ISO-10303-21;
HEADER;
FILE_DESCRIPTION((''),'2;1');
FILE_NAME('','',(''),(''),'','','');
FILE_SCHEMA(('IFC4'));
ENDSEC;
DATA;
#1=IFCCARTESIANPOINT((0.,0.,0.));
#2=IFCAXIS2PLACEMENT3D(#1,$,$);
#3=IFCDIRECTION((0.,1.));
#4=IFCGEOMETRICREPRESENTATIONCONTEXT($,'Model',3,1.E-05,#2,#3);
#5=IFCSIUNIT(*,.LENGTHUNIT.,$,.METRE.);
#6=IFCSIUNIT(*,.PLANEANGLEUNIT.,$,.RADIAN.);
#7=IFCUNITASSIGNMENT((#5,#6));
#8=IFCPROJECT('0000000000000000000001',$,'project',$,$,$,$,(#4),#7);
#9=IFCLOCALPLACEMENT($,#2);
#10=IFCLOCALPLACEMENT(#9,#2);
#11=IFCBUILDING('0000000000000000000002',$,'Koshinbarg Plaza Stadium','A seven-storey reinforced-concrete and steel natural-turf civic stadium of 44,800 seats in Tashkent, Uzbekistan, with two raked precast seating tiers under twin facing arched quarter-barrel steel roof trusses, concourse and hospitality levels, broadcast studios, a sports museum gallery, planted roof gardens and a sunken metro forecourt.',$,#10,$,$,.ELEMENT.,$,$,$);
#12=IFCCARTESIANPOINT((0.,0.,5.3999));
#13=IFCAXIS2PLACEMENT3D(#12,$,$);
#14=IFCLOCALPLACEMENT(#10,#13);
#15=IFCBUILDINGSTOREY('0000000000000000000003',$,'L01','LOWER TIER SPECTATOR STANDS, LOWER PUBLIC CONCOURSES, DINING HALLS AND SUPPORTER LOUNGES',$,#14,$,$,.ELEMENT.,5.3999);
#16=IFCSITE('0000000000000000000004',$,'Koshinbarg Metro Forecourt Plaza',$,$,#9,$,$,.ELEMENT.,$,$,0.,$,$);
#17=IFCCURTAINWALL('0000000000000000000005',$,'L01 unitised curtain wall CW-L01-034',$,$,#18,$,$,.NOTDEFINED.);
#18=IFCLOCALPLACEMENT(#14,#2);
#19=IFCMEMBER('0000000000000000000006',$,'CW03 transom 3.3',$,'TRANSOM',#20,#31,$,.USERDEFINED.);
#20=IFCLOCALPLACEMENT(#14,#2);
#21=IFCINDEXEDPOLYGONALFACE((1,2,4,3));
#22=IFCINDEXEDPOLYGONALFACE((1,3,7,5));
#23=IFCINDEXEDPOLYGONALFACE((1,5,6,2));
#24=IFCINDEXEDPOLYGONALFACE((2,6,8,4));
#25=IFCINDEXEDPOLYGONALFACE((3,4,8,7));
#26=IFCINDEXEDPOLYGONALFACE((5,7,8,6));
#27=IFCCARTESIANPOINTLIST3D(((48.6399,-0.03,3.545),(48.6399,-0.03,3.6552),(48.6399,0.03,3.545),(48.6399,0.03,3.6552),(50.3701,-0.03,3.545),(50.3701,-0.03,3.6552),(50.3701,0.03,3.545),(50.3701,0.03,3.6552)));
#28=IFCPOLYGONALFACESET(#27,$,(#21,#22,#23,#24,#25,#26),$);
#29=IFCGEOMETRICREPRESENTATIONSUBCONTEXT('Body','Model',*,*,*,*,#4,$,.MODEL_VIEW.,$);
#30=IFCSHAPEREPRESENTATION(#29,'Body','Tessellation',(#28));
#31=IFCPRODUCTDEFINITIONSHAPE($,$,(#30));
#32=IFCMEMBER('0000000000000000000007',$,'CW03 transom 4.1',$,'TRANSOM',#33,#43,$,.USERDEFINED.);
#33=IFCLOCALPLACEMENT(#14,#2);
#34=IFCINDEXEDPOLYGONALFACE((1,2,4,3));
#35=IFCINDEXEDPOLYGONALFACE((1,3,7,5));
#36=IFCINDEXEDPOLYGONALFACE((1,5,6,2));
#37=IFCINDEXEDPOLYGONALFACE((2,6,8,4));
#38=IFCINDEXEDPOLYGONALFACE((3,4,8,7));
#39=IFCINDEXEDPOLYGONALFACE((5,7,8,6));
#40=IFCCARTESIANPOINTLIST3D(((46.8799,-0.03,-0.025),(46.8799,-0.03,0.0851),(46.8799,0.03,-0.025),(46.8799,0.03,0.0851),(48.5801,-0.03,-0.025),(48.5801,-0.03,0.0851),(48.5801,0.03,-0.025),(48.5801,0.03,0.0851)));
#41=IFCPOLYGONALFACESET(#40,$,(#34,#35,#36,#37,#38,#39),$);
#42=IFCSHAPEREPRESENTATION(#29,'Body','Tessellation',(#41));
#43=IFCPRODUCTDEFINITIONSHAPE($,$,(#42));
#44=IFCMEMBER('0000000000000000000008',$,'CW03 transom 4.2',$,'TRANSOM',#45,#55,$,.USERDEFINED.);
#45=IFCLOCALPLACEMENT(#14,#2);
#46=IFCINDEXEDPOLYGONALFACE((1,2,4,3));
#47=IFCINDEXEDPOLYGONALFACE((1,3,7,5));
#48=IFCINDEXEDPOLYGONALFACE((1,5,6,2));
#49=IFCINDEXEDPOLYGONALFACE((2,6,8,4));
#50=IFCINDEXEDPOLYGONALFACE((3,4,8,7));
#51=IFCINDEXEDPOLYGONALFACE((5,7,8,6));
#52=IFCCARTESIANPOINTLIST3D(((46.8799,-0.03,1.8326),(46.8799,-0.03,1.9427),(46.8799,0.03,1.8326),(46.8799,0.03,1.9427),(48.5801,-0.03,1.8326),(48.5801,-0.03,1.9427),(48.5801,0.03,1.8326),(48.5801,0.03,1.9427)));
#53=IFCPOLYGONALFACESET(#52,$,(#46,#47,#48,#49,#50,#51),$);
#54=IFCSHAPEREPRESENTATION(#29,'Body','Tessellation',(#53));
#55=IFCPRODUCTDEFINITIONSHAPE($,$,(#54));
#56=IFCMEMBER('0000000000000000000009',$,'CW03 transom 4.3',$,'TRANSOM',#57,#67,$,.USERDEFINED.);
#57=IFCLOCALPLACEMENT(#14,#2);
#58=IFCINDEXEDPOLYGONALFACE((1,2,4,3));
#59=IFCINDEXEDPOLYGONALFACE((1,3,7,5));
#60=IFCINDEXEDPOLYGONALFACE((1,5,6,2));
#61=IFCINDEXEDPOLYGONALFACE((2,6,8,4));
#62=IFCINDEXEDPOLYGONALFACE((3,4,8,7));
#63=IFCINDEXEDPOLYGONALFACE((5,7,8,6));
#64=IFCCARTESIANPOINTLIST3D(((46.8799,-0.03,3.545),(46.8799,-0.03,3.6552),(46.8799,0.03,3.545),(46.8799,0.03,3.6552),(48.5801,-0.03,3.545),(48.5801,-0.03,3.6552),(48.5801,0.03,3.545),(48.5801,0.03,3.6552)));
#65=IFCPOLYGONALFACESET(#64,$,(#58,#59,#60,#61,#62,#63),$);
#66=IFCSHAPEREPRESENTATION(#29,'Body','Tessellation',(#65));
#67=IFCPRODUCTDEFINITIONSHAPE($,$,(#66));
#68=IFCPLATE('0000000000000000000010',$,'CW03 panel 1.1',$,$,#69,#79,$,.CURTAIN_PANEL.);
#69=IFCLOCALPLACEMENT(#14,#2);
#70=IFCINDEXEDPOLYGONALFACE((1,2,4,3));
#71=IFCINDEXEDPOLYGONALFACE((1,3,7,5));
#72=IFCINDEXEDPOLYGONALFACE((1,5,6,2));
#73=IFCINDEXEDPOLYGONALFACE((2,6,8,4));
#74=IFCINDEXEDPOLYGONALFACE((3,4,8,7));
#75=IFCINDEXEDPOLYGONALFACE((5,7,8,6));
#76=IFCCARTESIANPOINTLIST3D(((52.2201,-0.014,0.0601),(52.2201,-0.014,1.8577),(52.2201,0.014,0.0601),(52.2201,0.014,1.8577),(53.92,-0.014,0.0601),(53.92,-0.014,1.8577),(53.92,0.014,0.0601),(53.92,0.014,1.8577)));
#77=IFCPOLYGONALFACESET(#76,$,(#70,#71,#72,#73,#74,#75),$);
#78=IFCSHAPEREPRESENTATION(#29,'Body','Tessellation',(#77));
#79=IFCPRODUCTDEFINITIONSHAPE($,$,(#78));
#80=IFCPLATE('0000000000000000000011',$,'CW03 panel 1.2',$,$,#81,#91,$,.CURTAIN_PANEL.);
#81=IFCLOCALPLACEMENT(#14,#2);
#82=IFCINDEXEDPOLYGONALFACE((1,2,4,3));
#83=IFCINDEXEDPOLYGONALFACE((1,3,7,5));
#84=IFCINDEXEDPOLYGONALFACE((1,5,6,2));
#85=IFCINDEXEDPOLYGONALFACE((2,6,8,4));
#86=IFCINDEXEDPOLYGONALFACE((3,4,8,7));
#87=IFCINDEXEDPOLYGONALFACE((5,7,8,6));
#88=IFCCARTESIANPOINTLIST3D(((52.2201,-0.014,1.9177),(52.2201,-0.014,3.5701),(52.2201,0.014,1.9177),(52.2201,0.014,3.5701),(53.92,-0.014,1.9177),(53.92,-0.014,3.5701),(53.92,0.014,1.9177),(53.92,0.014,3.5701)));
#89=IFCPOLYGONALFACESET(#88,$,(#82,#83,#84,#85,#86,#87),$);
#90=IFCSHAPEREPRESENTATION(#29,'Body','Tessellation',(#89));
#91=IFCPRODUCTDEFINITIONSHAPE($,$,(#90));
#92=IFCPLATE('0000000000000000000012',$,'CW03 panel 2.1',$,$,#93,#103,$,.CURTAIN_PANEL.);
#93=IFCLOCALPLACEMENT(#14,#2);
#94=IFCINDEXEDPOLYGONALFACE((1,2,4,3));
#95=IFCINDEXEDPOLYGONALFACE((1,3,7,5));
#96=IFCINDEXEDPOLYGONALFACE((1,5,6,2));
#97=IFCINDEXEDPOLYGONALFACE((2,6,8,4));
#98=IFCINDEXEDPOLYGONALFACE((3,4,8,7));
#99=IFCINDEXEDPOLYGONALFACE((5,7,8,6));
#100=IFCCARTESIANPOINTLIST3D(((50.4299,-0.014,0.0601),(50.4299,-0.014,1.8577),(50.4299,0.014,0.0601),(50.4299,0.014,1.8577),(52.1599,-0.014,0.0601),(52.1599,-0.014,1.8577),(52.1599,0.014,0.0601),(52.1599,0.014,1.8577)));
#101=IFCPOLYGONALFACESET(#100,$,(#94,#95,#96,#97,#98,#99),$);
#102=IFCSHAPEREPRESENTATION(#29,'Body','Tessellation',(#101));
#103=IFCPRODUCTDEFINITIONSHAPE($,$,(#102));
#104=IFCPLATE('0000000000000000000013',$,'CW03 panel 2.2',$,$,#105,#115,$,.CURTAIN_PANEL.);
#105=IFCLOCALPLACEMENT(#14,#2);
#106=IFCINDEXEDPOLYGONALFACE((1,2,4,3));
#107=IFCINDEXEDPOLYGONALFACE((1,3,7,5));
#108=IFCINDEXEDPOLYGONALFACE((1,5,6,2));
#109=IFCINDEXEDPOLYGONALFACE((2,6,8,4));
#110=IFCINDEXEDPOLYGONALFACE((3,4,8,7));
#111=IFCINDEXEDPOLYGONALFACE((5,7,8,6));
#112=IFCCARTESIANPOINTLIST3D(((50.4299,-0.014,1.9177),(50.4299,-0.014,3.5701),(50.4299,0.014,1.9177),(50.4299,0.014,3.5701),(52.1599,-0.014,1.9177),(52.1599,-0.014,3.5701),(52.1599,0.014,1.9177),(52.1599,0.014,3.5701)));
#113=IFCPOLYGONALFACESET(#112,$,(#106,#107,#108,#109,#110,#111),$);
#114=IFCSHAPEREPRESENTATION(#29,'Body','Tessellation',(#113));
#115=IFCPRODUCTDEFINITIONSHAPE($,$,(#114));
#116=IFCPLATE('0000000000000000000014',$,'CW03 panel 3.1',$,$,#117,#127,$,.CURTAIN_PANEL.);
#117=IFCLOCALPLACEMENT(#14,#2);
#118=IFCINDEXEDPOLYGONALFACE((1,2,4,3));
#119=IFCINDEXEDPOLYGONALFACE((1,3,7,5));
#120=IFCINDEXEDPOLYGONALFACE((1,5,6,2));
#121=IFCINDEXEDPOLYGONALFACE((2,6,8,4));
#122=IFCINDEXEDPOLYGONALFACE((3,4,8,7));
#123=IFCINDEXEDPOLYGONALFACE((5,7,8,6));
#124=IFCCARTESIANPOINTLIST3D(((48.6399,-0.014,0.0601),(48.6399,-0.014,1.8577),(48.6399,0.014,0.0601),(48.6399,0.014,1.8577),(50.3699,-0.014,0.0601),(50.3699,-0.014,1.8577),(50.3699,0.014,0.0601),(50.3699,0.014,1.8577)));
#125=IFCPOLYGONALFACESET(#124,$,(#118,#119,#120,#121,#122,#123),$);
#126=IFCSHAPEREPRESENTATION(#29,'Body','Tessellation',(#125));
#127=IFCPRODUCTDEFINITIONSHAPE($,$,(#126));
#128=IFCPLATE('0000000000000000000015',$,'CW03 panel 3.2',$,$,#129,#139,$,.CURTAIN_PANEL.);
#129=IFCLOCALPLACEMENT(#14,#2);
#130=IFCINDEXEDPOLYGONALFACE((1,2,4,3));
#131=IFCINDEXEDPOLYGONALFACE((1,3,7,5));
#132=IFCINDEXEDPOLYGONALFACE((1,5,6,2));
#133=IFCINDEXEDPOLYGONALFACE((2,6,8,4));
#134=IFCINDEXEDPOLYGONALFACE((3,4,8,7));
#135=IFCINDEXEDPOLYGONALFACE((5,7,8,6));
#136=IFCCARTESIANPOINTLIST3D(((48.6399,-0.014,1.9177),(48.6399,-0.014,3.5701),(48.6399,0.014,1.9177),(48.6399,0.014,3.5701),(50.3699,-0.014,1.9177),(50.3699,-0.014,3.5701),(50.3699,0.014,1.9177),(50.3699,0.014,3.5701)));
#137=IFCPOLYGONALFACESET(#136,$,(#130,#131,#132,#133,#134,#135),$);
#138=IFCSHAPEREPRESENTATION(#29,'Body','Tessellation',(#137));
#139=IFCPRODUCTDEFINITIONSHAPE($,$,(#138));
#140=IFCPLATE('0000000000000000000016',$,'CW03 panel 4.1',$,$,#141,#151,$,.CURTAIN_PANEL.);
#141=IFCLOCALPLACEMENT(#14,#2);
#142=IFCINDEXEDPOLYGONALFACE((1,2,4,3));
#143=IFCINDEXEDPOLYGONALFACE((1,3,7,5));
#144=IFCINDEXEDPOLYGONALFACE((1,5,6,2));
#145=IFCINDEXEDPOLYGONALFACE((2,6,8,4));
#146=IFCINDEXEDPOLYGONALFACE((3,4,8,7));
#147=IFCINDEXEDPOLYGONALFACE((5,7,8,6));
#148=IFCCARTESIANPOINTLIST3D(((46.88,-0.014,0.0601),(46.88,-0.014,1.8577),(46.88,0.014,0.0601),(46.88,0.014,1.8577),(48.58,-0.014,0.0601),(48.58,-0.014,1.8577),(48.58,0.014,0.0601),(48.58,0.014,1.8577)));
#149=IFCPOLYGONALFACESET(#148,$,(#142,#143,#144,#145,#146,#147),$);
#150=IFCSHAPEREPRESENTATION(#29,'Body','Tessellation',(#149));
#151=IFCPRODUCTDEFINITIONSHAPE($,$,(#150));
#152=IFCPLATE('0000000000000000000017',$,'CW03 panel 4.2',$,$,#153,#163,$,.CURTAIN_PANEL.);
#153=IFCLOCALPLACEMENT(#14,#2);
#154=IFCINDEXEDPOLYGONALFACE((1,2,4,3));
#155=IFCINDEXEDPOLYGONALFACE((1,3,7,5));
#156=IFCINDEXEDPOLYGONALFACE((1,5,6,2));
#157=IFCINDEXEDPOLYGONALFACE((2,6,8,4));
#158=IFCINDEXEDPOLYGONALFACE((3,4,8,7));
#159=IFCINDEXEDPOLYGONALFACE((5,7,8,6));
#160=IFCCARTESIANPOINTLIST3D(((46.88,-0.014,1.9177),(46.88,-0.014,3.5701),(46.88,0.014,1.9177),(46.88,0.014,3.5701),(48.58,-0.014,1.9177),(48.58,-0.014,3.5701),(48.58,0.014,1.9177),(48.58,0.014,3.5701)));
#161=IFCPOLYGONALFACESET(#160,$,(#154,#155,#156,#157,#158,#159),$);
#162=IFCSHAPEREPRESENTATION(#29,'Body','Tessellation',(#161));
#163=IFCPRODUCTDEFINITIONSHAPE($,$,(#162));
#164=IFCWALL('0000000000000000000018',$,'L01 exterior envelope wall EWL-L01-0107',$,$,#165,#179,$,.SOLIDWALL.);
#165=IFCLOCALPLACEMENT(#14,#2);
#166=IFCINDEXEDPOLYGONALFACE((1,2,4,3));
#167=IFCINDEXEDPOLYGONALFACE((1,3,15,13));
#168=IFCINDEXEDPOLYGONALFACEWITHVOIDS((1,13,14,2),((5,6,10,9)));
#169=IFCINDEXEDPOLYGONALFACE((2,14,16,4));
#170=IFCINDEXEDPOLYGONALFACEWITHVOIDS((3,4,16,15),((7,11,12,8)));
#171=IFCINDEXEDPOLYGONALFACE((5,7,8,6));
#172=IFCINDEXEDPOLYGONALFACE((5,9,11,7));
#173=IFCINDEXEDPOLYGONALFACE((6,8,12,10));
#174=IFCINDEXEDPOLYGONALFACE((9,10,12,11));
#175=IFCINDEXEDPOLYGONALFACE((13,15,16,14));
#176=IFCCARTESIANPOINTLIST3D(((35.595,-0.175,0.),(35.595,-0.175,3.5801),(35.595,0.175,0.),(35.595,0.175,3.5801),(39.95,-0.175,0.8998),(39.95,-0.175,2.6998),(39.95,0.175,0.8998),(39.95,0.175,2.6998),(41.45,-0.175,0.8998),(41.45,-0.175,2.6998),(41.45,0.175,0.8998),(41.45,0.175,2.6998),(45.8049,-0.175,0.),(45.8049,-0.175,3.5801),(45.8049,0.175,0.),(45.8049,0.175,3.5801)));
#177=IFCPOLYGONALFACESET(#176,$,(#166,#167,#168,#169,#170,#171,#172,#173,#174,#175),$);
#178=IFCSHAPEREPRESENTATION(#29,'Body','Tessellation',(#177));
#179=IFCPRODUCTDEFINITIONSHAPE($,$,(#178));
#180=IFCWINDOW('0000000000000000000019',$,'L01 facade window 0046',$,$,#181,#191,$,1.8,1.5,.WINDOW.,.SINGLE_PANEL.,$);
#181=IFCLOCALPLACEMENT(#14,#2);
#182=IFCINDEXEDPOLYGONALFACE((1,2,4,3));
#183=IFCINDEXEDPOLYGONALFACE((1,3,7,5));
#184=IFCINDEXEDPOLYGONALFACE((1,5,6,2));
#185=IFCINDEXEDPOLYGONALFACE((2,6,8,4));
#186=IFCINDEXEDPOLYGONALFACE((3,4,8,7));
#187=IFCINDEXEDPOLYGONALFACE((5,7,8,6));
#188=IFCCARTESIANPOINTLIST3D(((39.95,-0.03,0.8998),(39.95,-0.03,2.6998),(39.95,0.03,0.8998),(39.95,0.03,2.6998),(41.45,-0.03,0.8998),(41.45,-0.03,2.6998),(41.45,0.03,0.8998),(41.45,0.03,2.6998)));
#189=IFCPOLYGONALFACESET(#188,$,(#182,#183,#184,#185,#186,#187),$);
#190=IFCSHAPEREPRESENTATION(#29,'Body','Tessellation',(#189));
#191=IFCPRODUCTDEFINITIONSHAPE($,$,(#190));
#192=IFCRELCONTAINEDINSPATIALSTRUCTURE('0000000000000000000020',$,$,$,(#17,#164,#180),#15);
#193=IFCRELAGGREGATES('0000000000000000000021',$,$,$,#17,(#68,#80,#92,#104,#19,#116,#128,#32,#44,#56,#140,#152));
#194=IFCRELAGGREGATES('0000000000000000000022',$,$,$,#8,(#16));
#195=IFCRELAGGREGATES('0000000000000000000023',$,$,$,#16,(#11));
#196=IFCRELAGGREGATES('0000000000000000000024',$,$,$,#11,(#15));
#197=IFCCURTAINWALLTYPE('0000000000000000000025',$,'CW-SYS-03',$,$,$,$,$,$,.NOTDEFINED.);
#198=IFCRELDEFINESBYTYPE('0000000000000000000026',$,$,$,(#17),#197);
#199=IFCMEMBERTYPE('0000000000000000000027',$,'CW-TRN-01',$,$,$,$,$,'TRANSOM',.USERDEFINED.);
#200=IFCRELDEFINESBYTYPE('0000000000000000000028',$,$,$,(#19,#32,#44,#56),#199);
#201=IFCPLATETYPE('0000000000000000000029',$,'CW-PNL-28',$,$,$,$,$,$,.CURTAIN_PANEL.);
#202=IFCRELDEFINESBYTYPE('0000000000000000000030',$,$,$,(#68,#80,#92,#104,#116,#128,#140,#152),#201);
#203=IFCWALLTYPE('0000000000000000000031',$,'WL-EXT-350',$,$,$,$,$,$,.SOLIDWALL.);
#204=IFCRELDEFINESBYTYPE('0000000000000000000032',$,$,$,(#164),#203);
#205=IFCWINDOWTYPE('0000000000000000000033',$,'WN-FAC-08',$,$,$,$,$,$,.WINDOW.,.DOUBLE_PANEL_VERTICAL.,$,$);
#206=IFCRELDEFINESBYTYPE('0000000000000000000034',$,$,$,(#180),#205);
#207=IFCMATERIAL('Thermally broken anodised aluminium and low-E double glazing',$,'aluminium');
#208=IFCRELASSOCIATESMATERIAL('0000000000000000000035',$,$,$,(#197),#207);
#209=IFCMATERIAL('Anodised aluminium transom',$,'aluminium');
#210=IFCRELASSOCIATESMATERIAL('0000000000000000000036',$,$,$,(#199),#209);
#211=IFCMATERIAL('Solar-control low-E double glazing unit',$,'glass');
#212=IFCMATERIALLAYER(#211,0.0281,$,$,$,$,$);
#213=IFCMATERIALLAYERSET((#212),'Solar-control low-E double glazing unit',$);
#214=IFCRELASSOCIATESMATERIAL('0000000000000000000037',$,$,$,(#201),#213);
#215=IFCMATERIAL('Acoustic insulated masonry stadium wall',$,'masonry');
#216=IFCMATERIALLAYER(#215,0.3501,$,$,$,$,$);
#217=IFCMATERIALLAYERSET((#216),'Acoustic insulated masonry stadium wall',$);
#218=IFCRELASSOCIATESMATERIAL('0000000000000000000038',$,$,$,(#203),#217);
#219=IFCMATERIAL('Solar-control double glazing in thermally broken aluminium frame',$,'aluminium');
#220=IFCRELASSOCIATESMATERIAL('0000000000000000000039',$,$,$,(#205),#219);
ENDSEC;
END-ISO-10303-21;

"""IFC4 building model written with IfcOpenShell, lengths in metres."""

from ifc_helpers import new_model, si_unit, direction, frame, frame_2d, origin, origin_2d, place, context, subcontext, project, spatial, rectangle, extrude, material, layer, layer_set, material_profile, profile_set, type_object, element, fill, aggregate, save


model = new_model("IFC4")

# Units and contexts
model_context = context("Model", 3, precision=1e-05, world=origin(), true_north=direction((0.0, 1.0)))
body_context = subcontext(model_context, "Body", "Model", "MODEL_VIEW")
ifc_project = project(units=[si_unit("LENGTHUNIT", "METRE"), si_unit("PLANEANGLEUNIT", "RADIAN")], contexts=[model_context])

# Site, building, storey
site_placement = place(None, origin())
site = spatial("IfcSite", under=ifc_project, at=site_placement, Name="Koshinbarg Metro Forecourt Plaza", CompositionType="ELEMENT", RefElevation=0.0)
building_placement = place(site_placement, origin())
building = spatial("IfcBuilding", under=site, at=building_placement, Name="Koshinbarg Plaza Stadium", Description="A seven-storey reinforced-concrete and steel natural-turf civic stadium of 44,800 seats in Tashkent, Uzbekistan, with two raked precast seating tiers under twin facing arched quarter-barrel steel roof trusses, concourse and hospitality levels, broadcast studios, a sports museum gallery, planted roof gardens and a sunken metro forecourt.", CompositionType="ELEMENT")
storey_placement = place(building_placement, frame((0.0, 0.0, 5.3999)))
storey = spatial("IfcBuildingStorey", under=building, at=storey_placement, Name="L01", Description="LOWER TIER SPECTATOR STANDS, LOWER PUBLIC CONCOURSES, DINING HALLS AND SUPPORTER LOUNGES", CompositionType="ELEMENT", Elevation=5.3999)

# Curtain wall, members, plates
ifc_material_1 = material(Name="Thermally broken anodised aluminium and low-E double glazing", Category="aluminium")
curtain_wall_type = type_object("IfcCurtainWallType", Name="CW-SYS-03", PredefinedType="NOTDEFINED", material=ifc_material_1)
curtain_wall_placement = place(storey_placement, origin())
curtain_wall = element("IfcCurtainWall", 1, at=curtain_wall_placement, inside=storey, type_object=curtain_wall_type, Name="L01 unitised curtain wall CW-L01-034", PredefinedType="NOTDEFINED")
ifc_material_2 = material(Name="Anodised aluminium transom", Category="aluminium")
ifc_material_profile_1 = material_profile(ifc_material_2, rectangle(XDim=0.0601, YDim=0.1101, at=origin_2d()), Name="ALU 60x110")
ifc_profile_set_1 = profile_set([ifc_material_profile_1], Name="Anodised aluminium transom")
member_type_1 = type_object("IfcMemberType", Name="CW-TRN-01", ElementType="TRANSOM", PredefinedType="USERDEFINED", material=ifc_profile_set_1)
member_1_placement = place(storey_placement, frame((50.3701, 0.0, 3.6001), z_axis=(-1.0, 0.0, 0.0), x_axis=(0.0, -1.0, 0.0)))
member_1 = element("IfcMember", 2, at=member_1_placement, type_object=member_type_1, Name="CW03 transom 3.3", ObjectType="TRANSOM", PredefinedType="USERDEFINED", context=body_context, shape_type="SweptSolid", body=[
    extrude(rectangle(XDim=0.0601, YDim=0.1101, at=origin_2d()), origin(), (0.0, 0.0, 1.0), 1.7302),
])
member_2_placement = place(storey_placement, frame((48.5801, 0.0, 0.03), z_axis=(-1.0, 0.0, 0.0), x_axis=(0.0, -1.0, 0.0)))
member_2 = element("IfcMember", 3, at=member_2_placement, type_object=member_type_1, Name="CW03 transom 4.1", ObjectType="TRANSOM", PredefinedType="USERDEFINED", context=body_context, shape_type="SweptSolid", body=[
    extrude(rectangle(XDim=0.0601, YDim=0.1101, at=origin_2d()), origin(), (0.0, 0.0, 1.0), 1.7002),
])
member_3_placement = place(storey_placement, frame((48.5801, 0.0, 1.8877), z_axis=(-1.0, 0.0, 0.0), x_axis=(0.0, -1.0, 0.0)))
member_3 = element("IfcMember", 4, at=member_3_placement, type_object=member_type_1, Name="CW03 transom 4.2", ObjectType="TRANSOM", PredefinedType="USERDEFINED", context=body_context, shape_type="SweptSolid", body=[
    extrude(rectangle(XDim=0.0601, YDim=0.1101, at=origin_2d()), origin(), (0.0, 0.0, 1.0), 1.7002),
])
member_4_placement = place(storey_placement, frame((48.5801, 0.0, 3.6001), z_axis=(-1.0, 0.0, 0.0), x_axis=(0.0, -1.0, 0.0)))
member_4 = element("IfcMember", 5, at=member_4_placement, type_object=member_type_1, Name="CW03 transom 4.3", ObjectType="TRANSOM", PredefinedType="USERDEFINED", context=body_context, shape_type="SweptSolid", body=[
    extrude(rectangle(XDim=0.0601, YDim=0.1101, at=origin_2d()), origin(), (0.0, 0.0, 1.0), 1.7002),
])
ifc_material_3 = material(Name="Solar-control low-E double glazing unit", Category="glass")
ifc_layer_1 = layer(ifc_material_3, 0.0281)
ifc_layer_set_1 = layer_set([ifc_layer_1], Name="Solar-control low-E double glazing unit")
plate_type = type_object("IfcPlateType", Name="CW-PNL-28", PredefinedType="CURTAIN_PANEL", material=ifc_layer_set_1)
plate_1_placement = place(storey_placement, frame((53.0701, 0.0, 0.0601), z_axis=(0.0, 0.0, 1.0), x_axis=(-1.0, 0.0, 0.0)))
plate_1 = element("IfcPlate", 6, at=plate_1_placement, type_object=plate_type, Name="CW03 panel 1.1", PredefinedType="CURTAIN_PANEL", context=body_context, shape_type="SweptSolid", body=[
    extrude(rectangle(XDim=1.7, YDim=0.0281, at=origin_2d()), origin(), (0.0, 0.0, 1.0), 1.7976),
])
plate_2_placement = place(storey_placement, frame((53.0701, 0.0, 1.9177), z_axis=(0.0, 0.0, 1.0), x_axis=(-1.0, 0.0, 0.0)))
plate_2 = element("IfcPlate", 7, at=plate_2_placement, type_object=plate_type, Name="CW03 panel 1.2", PredefinedType="CURTAIN_PANEL", context=body_context, shape_type="SweptSolid", body=[
    extrude(rectangle(XDim=1.7, YDim=0.0281, at=origin_2d()), origin(), (0.0, 0.0, 1.0), 1.6523),
])
plate_3_placement = place(storey_placement, frame((51.2949, 0.0, 0.0601), z_axis=(0.0, 0.0, 1.0), x_axis=(-1.0, 0.0, 0.0)))
plate_3 = element("IfcPlate", 8, at=plate_3_placement, type_object=plate_type, Name="CW03 panel 2.1", PredefinedType="CURTAIN_PANEL", context=body_context, shape_type="SweptSolid", body=[
    extrude(rectangle(XDim=1.73, YDim=0.0281, at=origin_2d()), origin(), (0.0, 0.0, 1.0), 1.7976),
])
plate_4_placement = place(storey_placement, frame((51.2949, 0.0, 1.9177), z_axis=(0.0, 0.0, 1.0), x_axis=(-1.0, 0.0, 0.0)))
plate_4 = element("IfcPlate", 9, at=plate_4_placement, type_object=plate_type, Name="CW03 panel 2.2", PredefinedType="CURTAIN_PANEL", context=body_context, shape_type="SweptSolid", body=[
    extrude(rectangle(XDim=1.73, YDim=0.0281, at=origin_2d()), origin(), (0.0, 0.0, 1.0), 1.6523),
])
plate_5_placement = place(storey_placement, frame((49.5049, 0.0, 0.0601), z_axis=(0.0, 0.0, 1.0), x_axis=(-1.0, 0.0, 0.0)))
plate_5 = element("IfcPlate", 10, at=plate_5_placement, type_object=plate_type, Name="CW03 panel 3.1", PredefinedType="CURTAIN_PANEL", context=body_context, shape_type="SweptSolid", body=[
    extrude(rectangle(XDim=1.73, YDim=0.0281, at=origin_2d()), origin(), (0.0, 0.0, 1.0), 1.7976),
])
plate_6_placement = place(storey_placement, frame((49.5049, 0.0, 1.9177), z_axis=(0.0, 0.0, 1.0), x_axis=(-1.0, 0.0, 0.0)))
plate_6 = element("IfcPlate", 11, at=plate_6_placement, type_object=plate_type, Name="CW03 panel 3.2", PredefinedType="CURTAIN_PANEL", context=body_context, shape_type="SweptSolid", body=[
    extrude(rectangle(XDim=1.73, YDim=0.0281, at=origin_2d()), origin(), (0.0, 0.0, 1.0), 1.6523),
])
plate_7_placement = place(storey_placement, frame((47.73, 0.0, 0.0601), z_axis=(0.0, 0.0, 1.0), x_axis=(-1.0, 0.0, 0.0)))
plate_7 = element("IfcPlate", 12, at=plate_7_placement, type_object=plate_type, Name="CW03 panel 4.1", PredefinedType="CURTAIN_PANEL", context=body_context, shape_type="SweptSolid", body=[
    extrude(rectangle(XDim=1.7, YDim=0.0281, at=origin_2d()), origin(), (0.0, 0.0, 1.0), 1.7976),
])
plate_8_placement = place(storey_placement, frame((47.73, 0.0, 1.9177), z_axis=(0.0, 0.0, 1.0), x_axis=(-1.0, 0.0, 0.0)))
plate_8 = element("IfcPlate", 13, at=plate_8_placement, type_object=plate_type, Name="CW03 panel 4.2", PredefinedType="CURTAIN_PANEL", context=body_context, shape_type="SweptSolid", body=[
    extrude(rectangle(XDim=1.7, YDim=0.0281, at=origin_2d()), origin(), (0.0, 0.0, 1.0), 1.6523),
])
aggregate(curtain_wall, [plate_1, plate_2, plate_3, plate_4, member_1, plate_5, plate_6, member_2, member_3, member_4, plate_7, plate_8])

# Wall, opening, window
ifc_material_4 = material(Name="Acoustic insulated masonry stadium wall", Category="masonry")
ifc_layer_2 = layer(ifc_material_4, 0.3501)
ifc_layer_set_2 = layer_set([ifc_layer_2], Name="Acoustic insulated masonry stadium wall")
wall_type = type_object("IfcWallType", Name="WL-EXT-350", PredefinedType="SOLIDWALL", material=ifc_layer_set_2)
wall_placement = place(storey_placement, frame((45.8049, 0.0, 0.0), z_axis=(0.0, 0.0, 1.0), x_axis=(-1.0, 0.0, 0.0)))
wall = element("IfcWall", 14, at=wall_placement, inside=storey, type_object=wall_type, Name="L01 exterior envelope wall EWL-L01-0107", PredefinedType="SOLIDWALL", context=body_context, shape_type="SweptSolid", body=[
    extrude(rectangle(XDim=10.21, YDim=0.3501, at=frame_2d((5.105, 0.0))), origin(), (0.0, 0.0, 1.0), 3.5801),
])
opening_placement = place(wall_placement, frame((4.355, 0.0, 0.8999)))
opening = element("IfcOpeningElement", 15, at=opening_placement, cuts=wall, PredefinedType="OPENING", context=body_context, shape_type="SweptSolid", body=[
    extrude(rectangle(XDim=1.5, YDim=1.8, at=frame_2d((0.75, 0.8999))), frame((0.0, 0.1851, 0.0), z_axis=(0.0, -1.0, 0.0), x_axis=(1.0, 0.0, 0.0)), (0.0, 0.0, 1.0), 0.3701),
])
ifc_material_5 = material(Name="Solar-control double glazing in thermally broken aluminium frame", Category="aluminium")
window_type = type_object("IfcWindowType", Name="WN-FAC-08", PartitioningType="DOUBLE_PANEL_VERTICAL", PredefinedType="WINDOW", material=ifc_material_5)
window_placement = place(opening_placement, origin())
window = element("IfcWindow", 16, at=window_placement, inside=storey, type_object=window_type, Name="L01 facade window 0046", OverallHeight=1.8, OverallWidth=1.5, PartitioningType="SINGLE_PANEL", PredefinedType="WINDOW", context=body_context, shape_type="SweptSolid", body=[
    extrude(rectangle(XDim=1.5, YDim=1.8, at=frame_2d((0.75, 0.8999))), frame((0.0, 0.03, 0.0), z_axis=(0.0, -1.0, 0.0), x_axis=(1.0, 0.0, 0.0)), (0.0, 0.0, 1.0), 0.0601),
])
fill(opening, window)

save(model, "model.ifc")
